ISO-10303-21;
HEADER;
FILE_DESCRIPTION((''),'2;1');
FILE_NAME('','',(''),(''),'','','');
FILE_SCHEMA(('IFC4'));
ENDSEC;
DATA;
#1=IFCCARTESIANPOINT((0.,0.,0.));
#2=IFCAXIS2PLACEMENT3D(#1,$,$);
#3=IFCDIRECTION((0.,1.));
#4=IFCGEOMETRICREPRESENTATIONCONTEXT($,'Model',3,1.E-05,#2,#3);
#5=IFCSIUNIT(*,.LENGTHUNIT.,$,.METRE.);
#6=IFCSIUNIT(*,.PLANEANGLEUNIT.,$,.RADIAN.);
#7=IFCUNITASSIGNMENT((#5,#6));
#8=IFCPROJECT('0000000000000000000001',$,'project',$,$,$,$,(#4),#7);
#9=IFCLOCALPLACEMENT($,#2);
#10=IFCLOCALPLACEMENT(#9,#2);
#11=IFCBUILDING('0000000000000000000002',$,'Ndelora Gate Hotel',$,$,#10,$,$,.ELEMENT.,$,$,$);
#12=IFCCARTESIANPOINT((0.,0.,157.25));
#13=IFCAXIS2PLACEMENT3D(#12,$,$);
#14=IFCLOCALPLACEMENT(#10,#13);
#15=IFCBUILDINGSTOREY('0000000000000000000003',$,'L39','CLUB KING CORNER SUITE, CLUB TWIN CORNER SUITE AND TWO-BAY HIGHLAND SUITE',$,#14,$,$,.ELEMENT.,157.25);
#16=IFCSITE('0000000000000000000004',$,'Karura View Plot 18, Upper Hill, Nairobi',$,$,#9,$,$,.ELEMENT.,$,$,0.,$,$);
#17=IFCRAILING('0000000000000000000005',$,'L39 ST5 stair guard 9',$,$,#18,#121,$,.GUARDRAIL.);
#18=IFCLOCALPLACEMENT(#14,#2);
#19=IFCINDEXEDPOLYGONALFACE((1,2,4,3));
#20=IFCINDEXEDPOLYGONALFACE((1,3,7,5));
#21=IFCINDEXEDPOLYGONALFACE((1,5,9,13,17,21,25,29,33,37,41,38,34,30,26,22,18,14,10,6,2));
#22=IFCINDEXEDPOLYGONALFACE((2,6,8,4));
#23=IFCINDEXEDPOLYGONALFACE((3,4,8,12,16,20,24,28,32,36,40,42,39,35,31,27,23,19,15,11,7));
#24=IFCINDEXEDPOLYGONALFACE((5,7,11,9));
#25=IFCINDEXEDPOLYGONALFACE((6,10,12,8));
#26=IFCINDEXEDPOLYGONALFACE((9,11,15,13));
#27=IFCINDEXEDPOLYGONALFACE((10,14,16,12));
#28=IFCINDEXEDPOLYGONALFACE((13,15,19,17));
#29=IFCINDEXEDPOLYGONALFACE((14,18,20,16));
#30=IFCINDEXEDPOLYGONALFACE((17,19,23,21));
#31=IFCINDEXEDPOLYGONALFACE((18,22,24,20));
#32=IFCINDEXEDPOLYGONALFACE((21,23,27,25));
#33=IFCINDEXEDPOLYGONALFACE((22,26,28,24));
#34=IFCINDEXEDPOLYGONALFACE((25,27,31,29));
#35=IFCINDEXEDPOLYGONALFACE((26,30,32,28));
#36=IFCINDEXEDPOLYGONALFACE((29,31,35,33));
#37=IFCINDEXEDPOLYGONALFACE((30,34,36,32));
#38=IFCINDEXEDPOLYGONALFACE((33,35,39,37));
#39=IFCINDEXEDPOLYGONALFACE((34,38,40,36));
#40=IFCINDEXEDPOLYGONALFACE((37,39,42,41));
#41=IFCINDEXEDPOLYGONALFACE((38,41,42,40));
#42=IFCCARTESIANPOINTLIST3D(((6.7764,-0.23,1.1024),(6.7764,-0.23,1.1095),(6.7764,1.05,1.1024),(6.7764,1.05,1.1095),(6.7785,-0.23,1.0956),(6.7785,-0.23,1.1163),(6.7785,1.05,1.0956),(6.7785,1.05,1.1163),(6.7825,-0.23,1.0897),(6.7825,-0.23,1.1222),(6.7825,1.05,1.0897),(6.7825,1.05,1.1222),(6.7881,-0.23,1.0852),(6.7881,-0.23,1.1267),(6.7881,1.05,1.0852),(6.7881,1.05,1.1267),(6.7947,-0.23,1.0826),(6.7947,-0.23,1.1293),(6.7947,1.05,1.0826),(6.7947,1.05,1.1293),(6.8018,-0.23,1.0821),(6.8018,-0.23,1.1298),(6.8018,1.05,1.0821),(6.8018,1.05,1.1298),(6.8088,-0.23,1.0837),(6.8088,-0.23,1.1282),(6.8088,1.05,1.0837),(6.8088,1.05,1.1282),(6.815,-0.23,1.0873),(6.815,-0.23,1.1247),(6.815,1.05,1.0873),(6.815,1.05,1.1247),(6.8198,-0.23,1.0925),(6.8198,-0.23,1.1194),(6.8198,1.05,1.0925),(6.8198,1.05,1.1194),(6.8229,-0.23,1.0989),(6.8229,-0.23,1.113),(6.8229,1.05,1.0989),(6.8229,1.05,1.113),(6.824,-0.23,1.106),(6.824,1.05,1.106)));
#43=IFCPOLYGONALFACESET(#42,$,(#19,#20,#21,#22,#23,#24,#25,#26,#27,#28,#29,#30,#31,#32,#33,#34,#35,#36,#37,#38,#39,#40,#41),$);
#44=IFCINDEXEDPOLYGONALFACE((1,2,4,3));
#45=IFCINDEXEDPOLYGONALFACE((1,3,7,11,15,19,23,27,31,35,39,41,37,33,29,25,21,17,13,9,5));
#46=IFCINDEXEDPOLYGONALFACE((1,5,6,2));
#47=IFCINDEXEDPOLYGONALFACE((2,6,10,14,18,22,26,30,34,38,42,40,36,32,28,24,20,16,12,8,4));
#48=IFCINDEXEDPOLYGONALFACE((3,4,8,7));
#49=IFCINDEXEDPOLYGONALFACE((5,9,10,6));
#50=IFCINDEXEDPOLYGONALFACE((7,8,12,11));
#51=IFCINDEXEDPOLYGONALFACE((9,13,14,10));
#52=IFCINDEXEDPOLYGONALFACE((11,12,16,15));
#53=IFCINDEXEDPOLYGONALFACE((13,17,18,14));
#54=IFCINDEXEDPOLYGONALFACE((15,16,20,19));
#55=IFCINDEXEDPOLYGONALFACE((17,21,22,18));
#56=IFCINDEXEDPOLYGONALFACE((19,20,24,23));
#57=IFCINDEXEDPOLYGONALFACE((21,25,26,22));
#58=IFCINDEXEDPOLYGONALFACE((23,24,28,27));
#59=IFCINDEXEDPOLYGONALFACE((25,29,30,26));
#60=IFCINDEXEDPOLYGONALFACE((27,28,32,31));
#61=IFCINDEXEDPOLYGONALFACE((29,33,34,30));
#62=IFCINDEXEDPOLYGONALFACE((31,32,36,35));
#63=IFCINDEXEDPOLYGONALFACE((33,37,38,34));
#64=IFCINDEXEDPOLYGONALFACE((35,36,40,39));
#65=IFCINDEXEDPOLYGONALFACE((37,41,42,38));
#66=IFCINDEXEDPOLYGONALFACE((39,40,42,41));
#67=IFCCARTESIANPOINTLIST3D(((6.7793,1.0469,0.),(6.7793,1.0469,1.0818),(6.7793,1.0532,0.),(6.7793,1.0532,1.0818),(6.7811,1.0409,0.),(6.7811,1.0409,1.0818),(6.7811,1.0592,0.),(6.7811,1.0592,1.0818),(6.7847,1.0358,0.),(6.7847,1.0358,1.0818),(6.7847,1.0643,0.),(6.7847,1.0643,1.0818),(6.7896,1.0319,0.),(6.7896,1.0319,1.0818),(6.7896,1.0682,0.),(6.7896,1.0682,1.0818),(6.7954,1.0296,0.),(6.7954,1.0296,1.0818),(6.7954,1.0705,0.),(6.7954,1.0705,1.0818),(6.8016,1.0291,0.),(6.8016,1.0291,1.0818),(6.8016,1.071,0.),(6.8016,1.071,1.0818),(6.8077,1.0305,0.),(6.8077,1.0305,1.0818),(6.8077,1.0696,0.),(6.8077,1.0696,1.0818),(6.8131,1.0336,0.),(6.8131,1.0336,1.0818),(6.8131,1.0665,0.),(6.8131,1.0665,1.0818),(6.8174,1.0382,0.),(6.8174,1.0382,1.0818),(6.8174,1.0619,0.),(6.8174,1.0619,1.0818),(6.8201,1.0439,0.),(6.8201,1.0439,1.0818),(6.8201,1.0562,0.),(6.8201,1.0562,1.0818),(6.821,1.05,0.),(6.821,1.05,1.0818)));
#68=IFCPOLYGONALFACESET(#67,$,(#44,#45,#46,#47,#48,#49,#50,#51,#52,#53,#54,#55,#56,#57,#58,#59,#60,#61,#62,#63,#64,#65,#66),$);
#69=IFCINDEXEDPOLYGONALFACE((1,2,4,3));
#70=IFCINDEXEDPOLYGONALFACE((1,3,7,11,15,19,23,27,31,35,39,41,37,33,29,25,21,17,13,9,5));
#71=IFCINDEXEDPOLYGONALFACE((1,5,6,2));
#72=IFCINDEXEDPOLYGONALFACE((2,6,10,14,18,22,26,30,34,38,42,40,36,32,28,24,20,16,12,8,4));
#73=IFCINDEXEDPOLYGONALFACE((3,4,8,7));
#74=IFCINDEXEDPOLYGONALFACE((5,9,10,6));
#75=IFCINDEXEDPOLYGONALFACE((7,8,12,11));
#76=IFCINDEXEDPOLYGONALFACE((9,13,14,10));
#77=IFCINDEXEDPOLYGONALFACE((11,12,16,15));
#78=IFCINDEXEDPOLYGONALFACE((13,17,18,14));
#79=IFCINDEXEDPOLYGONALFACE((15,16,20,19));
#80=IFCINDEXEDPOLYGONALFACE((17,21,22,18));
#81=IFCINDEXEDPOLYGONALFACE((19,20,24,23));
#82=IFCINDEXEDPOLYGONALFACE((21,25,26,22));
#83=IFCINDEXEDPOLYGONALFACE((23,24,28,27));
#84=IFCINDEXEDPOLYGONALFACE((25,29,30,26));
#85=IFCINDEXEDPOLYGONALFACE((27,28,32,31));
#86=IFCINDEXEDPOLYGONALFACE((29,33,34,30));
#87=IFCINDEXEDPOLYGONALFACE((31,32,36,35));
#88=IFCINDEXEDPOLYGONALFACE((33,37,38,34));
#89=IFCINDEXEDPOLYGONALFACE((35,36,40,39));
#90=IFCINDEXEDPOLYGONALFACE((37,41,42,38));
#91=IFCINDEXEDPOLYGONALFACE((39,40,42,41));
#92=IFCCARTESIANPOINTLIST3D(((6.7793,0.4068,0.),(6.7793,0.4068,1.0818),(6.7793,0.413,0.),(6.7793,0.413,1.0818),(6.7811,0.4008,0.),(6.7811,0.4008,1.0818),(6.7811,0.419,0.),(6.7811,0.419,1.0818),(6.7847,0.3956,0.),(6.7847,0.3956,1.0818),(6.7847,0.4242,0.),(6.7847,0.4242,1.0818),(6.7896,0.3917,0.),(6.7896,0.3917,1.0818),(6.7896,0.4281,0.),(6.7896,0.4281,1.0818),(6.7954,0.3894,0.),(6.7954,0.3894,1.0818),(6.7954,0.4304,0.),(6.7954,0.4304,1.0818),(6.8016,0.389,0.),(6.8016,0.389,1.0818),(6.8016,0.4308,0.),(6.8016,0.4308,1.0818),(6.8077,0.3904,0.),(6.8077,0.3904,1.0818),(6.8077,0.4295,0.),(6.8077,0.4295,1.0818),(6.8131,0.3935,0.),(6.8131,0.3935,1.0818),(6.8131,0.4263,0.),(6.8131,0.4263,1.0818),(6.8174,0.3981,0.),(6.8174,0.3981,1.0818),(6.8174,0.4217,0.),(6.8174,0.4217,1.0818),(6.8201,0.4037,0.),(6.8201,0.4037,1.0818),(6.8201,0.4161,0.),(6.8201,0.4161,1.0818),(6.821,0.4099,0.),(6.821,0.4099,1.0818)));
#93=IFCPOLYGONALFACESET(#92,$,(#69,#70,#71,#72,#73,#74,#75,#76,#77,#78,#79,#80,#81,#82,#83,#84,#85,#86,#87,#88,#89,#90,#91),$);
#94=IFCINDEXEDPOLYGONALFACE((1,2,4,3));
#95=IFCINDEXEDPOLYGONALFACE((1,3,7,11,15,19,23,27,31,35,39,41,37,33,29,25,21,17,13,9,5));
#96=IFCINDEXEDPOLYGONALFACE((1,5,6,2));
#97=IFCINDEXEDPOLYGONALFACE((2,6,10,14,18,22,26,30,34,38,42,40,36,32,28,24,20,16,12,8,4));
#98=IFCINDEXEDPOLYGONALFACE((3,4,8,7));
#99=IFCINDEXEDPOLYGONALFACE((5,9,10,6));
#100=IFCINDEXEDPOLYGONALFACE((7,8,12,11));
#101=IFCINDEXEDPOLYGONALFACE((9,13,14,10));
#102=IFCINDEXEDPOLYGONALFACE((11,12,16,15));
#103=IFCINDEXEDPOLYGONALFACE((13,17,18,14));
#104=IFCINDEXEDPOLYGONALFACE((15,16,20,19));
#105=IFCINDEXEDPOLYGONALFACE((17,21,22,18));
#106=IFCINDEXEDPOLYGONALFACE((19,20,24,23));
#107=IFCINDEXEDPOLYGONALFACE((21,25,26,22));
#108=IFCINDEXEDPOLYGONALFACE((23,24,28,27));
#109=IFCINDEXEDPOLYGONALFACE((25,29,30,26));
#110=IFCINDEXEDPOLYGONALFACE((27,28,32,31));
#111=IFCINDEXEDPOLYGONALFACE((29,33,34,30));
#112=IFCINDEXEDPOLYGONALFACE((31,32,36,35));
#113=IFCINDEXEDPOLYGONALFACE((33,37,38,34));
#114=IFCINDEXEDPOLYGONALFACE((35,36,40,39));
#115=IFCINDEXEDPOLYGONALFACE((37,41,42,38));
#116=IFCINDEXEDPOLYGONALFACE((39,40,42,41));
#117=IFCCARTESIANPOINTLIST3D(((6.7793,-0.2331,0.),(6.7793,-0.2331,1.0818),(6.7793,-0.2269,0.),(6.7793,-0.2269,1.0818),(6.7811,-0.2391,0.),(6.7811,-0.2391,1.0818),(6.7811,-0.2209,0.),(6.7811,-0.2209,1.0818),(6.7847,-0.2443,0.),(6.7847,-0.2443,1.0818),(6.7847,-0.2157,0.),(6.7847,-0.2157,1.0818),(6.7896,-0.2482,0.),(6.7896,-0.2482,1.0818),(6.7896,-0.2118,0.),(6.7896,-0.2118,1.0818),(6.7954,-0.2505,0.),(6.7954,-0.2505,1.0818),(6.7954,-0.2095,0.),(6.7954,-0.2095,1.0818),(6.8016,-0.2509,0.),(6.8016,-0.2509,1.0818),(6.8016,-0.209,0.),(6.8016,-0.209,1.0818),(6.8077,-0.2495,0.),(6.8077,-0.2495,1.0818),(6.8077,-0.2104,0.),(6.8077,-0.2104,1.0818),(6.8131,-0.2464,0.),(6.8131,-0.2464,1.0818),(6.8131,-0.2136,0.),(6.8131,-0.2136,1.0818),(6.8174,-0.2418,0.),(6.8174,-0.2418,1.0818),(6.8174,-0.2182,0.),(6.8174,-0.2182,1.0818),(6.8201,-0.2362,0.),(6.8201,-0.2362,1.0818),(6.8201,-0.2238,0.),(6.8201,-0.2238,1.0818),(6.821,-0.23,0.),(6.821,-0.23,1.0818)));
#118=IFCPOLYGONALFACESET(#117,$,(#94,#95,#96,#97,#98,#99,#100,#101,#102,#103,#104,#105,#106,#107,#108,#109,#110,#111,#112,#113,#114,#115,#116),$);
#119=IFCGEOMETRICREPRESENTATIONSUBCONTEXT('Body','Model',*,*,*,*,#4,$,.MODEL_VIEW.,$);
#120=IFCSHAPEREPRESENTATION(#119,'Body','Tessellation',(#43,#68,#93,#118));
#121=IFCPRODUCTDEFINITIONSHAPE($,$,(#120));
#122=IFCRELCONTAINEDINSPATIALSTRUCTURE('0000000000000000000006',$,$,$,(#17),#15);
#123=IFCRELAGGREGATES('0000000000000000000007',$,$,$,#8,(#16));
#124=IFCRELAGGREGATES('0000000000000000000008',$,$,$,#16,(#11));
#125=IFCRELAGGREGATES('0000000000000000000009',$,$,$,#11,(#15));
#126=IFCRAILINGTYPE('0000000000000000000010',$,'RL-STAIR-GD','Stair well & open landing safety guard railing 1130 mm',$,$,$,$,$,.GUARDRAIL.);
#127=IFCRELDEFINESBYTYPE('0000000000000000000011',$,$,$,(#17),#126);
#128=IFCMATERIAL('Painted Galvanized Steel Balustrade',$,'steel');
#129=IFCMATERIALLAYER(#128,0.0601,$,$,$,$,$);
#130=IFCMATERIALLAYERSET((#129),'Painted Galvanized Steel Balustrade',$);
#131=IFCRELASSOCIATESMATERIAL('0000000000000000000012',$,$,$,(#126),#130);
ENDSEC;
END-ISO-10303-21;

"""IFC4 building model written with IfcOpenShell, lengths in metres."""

from ifc_helpers import new_model, si_unit, direction, frame, origin, origin_2d, place, context, subcontext, project, spatial, circle, extrude, material, layer, layer_set, type_object, element, save


model = new_model("IFC4")

# Units and contexts
model_context = context("Model", 3, precision=1e-05, world=origin(), true_north=direction((0.0, 1.0)))
body_context = subcontext(model_context, "Body", "Model", "MODEL_VIEW")
ifc_project = project(units=[si_unit("LENGTHUNIT", "METRE"), si_unit("PLANEANGLEUNIT", "RADIAN")], contexts=[model_context])

# Site, building, storey
site_placement = place(None, origin())
site = spatial("IfcSite", under=ifc_project, at=site_placement, Name="Karura View Plot 18, Upper Hill, Nairobi", CompositionType="ELEMENT", RefElevation=0.0)
building_placement = place(site_placement, origin())
building = spatial("IfcBuilding", under=site, at=building_placement, Name="Ndelora Gate Hotel", CompositionType="ELEMENT")
storey_placement = place(building_placement, frame((0.0, 0.0, 157.25)))
storey = spatial("IfcBuildingStorey", under=building, at=storey_placement, Name="L39", Description="CLUB KING CORNER SUITE, CLUB TWIN CORNER SUITE AND TWO-BAY HIGHLAND SUITE", CompositionType="ELEMENT", Elevation=157.25)

# Railing
ifc_material_1 = material(Name="Painted Galvanized Steel Balustrade", Category="steel")
ifc_layer_1 = layer(ifc_material_1, 0.0601)
ifc_layer_set_1 = layer_set([ifc_layer_1], Name="Painted Galvanized Steel Balustrade")
railing_type = type_object("IfcRailingType", Name="RL-STAIR-GD", Description="Stair well & open landing safety guard railing 1130 mm", PredefinedType="GUARDRAIL", material=ifc_layer_set_1)
for number, where, name in (
    (1, (6.8, 1.05, 0.0), "L39 ST5 stair guard 9"),
):
    element("IfcRailing", number, at=place(storey_placement, frame(where)), inside=storey, type_object=railing_type, Name=name, PredefinedType="GUARDRAIL", context=body_context, shape_type="SweptSolid", body=[
        extrude(circle(Radius=0.0239, at=origin_2d()), frame((0.0, 0.0, 1.106), z_axis=(0.0, -1.0, 0.0), x_axis=(1.0, 0.0, 0.0)), (0.0, 0.0, 1.0), 1.28),
        extrude(circle(Radius=0.021, at=origin_2d()), origin(), (0.0, 0.0, 1.0), 1.0818),
        extrude(circle(Radius=0.021, at=origin_2d()), frame((0.0, -0.6401, 0.0)), (0.0, 0.0, 1.0), 1.0818),
        extrude(circle(Radius=0.021, at=origin_2d()), frame((0.0, -1.28, 0.0)), (0.0, 0.0, 1.0), 1.0818),
    ])

save(model, "model.ifc")
